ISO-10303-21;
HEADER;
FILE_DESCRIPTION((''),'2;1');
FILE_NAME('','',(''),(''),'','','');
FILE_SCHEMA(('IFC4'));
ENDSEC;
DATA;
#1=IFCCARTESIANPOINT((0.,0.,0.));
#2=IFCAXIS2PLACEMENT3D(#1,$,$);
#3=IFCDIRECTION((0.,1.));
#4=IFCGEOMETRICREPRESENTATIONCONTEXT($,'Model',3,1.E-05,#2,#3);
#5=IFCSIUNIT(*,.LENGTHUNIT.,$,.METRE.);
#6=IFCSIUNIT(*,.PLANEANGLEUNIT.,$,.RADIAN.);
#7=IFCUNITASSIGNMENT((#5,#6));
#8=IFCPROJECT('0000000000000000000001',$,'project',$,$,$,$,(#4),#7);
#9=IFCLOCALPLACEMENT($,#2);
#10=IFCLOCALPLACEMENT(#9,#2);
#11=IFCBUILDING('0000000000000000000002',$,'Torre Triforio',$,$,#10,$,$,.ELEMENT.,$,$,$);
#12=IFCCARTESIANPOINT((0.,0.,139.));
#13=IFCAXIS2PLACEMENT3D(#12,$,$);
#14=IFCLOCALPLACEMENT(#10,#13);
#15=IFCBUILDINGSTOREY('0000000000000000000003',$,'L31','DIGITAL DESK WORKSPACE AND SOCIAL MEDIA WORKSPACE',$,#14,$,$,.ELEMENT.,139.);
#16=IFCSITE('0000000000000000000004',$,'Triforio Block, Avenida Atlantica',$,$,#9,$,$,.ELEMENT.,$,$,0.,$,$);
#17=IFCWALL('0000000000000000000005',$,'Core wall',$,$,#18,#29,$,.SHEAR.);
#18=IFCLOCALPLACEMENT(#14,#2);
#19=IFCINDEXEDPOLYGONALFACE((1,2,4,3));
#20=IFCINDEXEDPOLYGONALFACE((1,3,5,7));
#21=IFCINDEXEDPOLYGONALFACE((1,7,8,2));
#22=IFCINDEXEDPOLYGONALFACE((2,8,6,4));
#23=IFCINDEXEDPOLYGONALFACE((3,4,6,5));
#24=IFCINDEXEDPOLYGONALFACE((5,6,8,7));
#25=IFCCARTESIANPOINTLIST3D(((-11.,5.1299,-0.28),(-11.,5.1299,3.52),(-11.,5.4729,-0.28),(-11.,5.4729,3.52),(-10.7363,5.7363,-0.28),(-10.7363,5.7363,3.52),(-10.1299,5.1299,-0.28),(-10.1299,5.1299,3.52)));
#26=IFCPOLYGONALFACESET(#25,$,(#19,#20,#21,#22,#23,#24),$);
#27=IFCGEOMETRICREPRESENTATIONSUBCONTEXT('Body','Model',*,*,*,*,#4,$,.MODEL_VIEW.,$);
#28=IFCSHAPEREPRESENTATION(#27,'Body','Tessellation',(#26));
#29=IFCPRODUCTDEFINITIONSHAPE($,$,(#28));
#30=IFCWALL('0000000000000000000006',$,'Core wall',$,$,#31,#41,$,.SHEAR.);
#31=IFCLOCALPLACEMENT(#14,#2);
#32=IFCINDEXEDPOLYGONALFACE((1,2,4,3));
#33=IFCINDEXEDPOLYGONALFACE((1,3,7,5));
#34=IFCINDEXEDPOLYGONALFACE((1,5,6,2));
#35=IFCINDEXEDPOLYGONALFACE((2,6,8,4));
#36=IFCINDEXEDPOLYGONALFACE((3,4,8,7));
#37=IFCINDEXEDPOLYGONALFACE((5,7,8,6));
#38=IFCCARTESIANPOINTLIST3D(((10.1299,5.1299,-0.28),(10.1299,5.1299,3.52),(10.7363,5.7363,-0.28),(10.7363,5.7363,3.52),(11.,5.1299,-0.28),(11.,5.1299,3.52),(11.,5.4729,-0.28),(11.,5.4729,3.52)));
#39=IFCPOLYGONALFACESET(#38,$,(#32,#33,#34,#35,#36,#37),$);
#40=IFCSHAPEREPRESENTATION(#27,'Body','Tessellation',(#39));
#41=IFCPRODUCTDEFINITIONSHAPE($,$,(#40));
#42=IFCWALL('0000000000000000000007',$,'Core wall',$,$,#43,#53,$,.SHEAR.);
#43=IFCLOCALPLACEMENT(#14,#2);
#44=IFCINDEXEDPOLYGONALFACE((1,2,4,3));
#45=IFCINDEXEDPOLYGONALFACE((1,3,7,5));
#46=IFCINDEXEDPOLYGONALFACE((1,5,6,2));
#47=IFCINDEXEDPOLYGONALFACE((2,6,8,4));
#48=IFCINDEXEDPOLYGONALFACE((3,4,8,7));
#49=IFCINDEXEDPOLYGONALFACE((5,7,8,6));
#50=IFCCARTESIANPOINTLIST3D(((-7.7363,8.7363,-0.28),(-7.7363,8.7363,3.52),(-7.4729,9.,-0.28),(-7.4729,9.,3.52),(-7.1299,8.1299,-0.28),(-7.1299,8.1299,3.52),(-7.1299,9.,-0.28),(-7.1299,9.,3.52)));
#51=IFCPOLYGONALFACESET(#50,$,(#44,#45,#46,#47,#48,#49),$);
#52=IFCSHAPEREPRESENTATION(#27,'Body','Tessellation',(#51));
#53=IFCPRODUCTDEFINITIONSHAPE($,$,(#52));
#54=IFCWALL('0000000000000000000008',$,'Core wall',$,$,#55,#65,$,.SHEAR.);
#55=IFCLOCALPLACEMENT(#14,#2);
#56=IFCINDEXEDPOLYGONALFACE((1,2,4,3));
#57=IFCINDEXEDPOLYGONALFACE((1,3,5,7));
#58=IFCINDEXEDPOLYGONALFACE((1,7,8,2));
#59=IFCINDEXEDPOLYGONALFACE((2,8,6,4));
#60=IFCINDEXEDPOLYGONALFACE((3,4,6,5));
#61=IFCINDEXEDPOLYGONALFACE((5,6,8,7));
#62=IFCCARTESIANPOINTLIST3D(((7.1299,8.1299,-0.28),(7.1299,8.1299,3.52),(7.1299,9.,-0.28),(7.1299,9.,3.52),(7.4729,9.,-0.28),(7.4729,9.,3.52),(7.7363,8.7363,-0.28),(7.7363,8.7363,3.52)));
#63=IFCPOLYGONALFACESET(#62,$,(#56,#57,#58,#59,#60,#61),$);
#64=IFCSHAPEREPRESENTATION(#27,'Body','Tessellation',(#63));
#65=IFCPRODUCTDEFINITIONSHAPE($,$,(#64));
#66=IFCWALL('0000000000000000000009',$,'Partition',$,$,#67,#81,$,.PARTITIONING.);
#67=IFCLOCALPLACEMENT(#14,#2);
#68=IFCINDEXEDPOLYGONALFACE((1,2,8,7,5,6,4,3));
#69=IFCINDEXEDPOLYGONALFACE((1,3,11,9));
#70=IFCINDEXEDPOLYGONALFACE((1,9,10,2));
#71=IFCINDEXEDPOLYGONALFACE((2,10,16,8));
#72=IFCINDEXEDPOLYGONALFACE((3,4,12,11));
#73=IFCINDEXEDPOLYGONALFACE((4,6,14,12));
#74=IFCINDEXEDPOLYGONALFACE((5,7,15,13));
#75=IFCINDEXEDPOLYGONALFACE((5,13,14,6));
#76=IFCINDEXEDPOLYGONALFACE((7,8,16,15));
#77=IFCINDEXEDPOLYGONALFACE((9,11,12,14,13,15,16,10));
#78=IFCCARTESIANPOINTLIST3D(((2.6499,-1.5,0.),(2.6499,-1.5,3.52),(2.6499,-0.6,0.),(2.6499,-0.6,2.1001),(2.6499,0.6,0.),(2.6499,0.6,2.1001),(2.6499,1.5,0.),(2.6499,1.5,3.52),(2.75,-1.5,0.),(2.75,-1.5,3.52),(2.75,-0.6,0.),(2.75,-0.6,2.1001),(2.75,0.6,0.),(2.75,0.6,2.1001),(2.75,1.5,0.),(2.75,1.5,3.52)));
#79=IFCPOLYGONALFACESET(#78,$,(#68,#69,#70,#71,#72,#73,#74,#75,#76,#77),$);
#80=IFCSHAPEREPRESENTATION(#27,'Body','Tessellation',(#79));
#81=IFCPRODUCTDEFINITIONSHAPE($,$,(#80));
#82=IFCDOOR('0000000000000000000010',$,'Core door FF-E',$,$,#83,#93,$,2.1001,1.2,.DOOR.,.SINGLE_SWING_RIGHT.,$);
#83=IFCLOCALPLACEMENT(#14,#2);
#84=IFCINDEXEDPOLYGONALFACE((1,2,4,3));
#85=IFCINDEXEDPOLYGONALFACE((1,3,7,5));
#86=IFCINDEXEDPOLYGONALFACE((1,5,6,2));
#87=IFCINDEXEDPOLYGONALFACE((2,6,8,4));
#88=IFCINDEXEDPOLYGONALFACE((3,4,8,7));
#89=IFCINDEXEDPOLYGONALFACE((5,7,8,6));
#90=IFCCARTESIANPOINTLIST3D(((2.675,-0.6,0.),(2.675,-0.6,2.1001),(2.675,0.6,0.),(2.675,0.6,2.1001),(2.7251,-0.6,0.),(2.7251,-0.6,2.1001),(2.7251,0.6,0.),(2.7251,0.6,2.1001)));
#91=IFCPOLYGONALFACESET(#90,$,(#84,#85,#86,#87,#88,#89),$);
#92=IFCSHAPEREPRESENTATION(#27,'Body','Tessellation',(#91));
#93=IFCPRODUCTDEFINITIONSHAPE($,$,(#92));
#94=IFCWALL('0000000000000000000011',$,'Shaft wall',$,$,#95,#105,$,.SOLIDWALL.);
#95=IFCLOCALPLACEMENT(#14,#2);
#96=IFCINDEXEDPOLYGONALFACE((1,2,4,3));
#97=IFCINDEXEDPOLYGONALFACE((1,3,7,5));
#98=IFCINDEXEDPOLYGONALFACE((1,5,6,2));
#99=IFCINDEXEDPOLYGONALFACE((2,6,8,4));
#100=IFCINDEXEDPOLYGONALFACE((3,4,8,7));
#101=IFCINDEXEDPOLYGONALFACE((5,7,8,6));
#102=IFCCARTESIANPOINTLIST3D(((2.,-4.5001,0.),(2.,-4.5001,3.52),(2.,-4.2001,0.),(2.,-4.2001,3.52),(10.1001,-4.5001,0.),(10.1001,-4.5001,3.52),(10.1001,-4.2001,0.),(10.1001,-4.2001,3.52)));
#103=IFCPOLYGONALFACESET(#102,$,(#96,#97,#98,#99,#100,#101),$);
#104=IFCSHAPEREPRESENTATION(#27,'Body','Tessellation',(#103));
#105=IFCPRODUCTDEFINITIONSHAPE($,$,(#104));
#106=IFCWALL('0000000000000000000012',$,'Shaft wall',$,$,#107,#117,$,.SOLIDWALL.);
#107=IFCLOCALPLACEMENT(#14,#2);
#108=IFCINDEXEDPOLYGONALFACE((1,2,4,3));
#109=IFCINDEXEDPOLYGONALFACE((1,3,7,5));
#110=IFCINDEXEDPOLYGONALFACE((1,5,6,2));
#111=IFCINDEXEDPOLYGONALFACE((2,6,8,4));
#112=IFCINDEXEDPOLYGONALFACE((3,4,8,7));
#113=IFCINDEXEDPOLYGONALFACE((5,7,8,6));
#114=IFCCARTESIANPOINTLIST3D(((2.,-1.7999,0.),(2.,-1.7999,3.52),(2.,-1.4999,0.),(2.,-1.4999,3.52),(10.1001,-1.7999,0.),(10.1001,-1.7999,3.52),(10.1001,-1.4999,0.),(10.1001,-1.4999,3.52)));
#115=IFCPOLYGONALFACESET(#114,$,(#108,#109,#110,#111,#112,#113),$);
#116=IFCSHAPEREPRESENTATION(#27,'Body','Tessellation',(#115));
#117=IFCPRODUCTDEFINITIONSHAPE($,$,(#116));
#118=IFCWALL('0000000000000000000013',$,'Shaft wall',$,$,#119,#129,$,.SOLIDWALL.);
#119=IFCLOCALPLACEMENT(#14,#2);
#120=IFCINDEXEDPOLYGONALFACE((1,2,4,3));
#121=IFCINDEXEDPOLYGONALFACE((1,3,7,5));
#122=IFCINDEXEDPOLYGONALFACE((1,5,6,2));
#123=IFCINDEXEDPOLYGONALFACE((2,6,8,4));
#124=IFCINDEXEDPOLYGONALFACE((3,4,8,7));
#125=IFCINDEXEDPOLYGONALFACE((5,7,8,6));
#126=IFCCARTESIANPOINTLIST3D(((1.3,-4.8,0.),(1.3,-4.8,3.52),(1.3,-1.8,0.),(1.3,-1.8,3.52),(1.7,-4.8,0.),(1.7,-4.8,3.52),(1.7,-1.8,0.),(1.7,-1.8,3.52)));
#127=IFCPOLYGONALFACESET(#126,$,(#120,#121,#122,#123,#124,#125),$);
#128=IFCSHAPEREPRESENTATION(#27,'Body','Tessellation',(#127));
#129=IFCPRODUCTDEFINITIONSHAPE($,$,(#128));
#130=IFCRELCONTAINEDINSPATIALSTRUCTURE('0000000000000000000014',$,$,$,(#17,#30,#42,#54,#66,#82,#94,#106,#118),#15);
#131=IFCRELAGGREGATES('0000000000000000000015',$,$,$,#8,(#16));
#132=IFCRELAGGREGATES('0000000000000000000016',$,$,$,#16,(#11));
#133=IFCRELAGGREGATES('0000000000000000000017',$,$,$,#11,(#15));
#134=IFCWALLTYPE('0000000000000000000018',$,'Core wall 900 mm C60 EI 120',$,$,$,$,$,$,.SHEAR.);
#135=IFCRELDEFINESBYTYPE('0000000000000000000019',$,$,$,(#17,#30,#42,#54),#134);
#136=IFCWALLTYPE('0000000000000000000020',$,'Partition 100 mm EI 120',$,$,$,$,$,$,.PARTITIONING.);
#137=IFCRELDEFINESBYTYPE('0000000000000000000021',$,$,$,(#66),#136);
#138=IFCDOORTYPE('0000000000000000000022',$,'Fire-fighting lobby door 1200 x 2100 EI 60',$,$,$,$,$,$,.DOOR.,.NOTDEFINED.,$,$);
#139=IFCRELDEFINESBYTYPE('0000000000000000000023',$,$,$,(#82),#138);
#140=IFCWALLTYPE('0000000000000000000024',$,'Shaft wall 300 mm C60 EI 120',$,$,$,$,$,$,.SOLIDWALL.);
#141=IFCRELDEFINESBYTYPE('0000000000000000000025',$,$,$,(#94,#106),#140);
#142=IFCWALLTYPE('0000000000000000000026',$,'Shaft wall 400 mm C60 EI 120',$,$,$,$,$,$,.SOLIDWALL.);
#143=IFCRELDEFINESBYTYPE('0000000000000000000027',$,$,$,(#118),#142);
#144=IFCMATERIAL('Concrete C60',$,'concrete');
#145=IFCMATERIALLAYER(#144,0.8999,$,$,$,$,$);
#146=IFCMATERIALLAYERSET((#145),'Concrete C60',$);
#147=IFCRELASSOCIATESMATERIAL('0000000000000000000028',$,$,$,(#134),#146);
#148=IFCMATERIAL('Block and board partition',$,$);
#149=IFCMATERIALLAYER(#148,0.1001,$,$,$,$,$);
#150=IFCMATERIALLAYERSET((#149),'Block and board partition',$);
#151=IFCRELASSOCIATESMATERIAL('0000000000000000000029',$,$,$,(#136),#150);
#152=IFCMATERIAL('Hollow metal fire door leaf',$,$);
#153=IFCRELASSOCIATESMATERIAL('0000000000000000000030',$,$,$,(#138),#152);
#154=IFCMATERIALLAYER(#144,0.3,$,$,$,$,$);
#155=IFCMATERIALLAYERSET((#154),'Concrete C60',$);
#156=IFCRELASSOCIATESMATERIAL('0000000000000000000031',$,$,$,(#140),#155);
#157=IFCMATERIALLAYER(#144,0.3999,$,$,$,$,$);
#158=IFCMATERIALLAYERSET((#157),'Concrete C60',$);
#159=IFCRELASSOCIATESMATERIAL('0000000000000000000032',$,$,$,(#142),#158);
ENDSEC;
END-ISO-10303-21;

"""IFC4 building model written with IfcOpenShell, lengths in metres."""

from ifc_helpers import new_model, si_unit, direction, frame, frame_2d, origin, place, context, subcontext, project, spatial, polyline, rectangle, outline, extrude, material, layer, layer_set, type_object, element, fill, save


model = new_model("IFC4")

# Units and contexts
model_context = context("Model", 3, precision=1e-05, world=origin(), true_north=direction((0.0, 1.0)))
body_context = subcontext(model_context, "Body", "Model", "MODEL_VIEW")
ifc_project = project(units=[si_unit("LENGTHUNIT", "METRE"), si_unit("PLANEANGLEUNIT", "RADIAN")], contexts=[model_context])

# Site, building, storey
site_placement = place(None, origin())
site = spatial("IfcSite", under=ifc_project, at=site_placement, Name="Triforio Block, Avenida Atlantica", CompositionType="ELEMENT", RefElevation=0.0)
building_placement = place(site_placement, origin())
building = spatial("IfcBuilding", under=site, at=building_placement, Name="Torre Triforio", CompositionType="ELEMENT")
storey_placement = place(building_placement, frame((0.0, 0.0, 139.0)))
storey = spatial("IfcBuildingStorey", under=building, at=storey_placement, Name="L31", Description="DIGITAL DESK WORKSPACE AND SOCIAL MEDIA WORKSPACE", CompositionType="ELEMENT", Elevation=139.0)

# Shared definitions
ifc_material_1 = material(Name="Concrete C60", Category="concrete")

# Walls
ifc_layer_1 = layer(ifc_material_1, 0.8999)
ifc_layer_set_1 = layer_set([ifc_layer_1], Name="Concrete C60")
wall_type_1 = type_object("IfcWallType", Name="Core wall 900 mm C60 EI 120", PredefinedType="SHEAR", material=ifc_layer_set_1)
wall_1_placement = place(storey_placement, frame((0.0, 0.0, -0.28)))
element("IfcWall", 1, at=wall_1_placement, inside=storey, type_object=wall_type_1, Name="Core wall", PredefinedType="SHEAR", context=body_context, shape_type="SweptSolid", body=[
    extrude(outline(polyline([(-10.7363, 5.7363), (-10.1299, 5.1299), (-11.0, 5.1299), (-11.0, 5.4729), (-10.7363, 5.7363)])), origin(), (0.0, 0.0, 1.0), 3.8),
])
wall_2_placement = place(storey_placement, frame((0.0, 0.0, -0.28)))
element("IfcWall", 2, at=wall_2_placement, inside=storey, type_object=wall_type_1, Name="Core wall", PredefinedType="SHEAR", context=body_context, shape_type="SweptSolid", body=[
    extrude(outline(polyline([(11.0, 5.4729), (11.0, 5.1299), (10.1299, 5.1299), (10.7363, 5.7363), (11.0, 5.4729)])), origin(), (0.0, 0.0, 1.0), 3.8),
])
wall_3_placement = place(storey_placement, frame((0.0, 0.0, -0.28)))
element("IfcWall", 3, at=wall_3_placement, inside=storey, type_object=wall_type_1, Name="Core wall", PredefinedType="SHEAR", context=body_context, shape_type="SweptSolid", body=[
    extrude(outline(polyline([(-7.4729, 9.0), (-7.1299, 9.0), (-7.1299, 8.1299), (-7.7363, 8.7363), (-7.4729, 9.0)])), origin(), (0.0, 0.0, 1.0), 3.8),
])
wall_4_placement = place(storey_placement, frame((0.0, 0.0, -0.28)))
element("IfcWall", 4, at=wall_4_placement, inside=storey, type_object=wall_type_1, Name="Core wall", PredefinedType="SHEAR", context=body_context, shape_type="SweptSolid", body=[
    extrude(outline(polyline([(7.4729, 9.0), (7.7363, 8.7363), (7.1299, 8.1299), (7.1299, 9.0), (7.4729, 9.0)])), origin(), (0.0, 0.0, 1.0), 3.8),
])

# Wall, opening, door
ifc_material_2 = material(Name="Block and board partition")
ifc_layer_2 = layer(ifc_material_2, 0.1001)
ifc_layer_set_2 = layer_set([ifc_layer_2], Name="Block and board partition")
wall_type_2 = type_object("IfcWallType", Name="Partition 100 mm EI 120", PredefinedType="PARTITIONING", material=ifc_layer_set_2)
wall_5_placement = place(storey_placement, frame((2.7, -1.5, 0.0), z_axis=(0.0, 0.0, 1.0), x_axis=(0.0, 1.0, 0.0)))
wall_5 = element("IfcWall", 5, at=wall_5_placement, inside=storey, type_object=wall_type_2, Name="Partition", PredefinedType="PARTITIONING", context=body_context, shape_type="SweptSolid", body=[
    extrude(rectangle(XDim=3.0, YDim=0.1001, at=frame_2d((1.5, 0.0))), origin(), (0.0, 0.0, 1.0), 3.52),
])
opening_placement = place(wall_5_placement, frame((0.8999, 0.0, 0.0)))
opening = element("IfcOpeningElement", 6, at=opening_placement, cuts=wall_5, PredefinedType="OPENING", context=body_context, shape_type="SweptSolid", body=[
    extrude(rectangle(XDim=1.2, YDim=2.1001, at=frame_2d((0.6001, 1.05))), frame((0.0, 0.0601, 0.0), z_axis=(0.0, -1.0, 0.0), x_axis=(1.0, 0.0, 0.0)), (0.0, 0.0, 1.0), 0.1201),
])
ifc_material_3 = material(Name="Hollow metal fire door leaf")
door_type = type_object("IfcDoorType", Name="Fire-fighting lobby door 1200 x 2100 EI 60", OperationType="NOTDEFINED", PredefinedType="DOOR", material=ifc_material_3)
door_placement = place(opening_placement, origin())
door = element("IfcDoor", 7, at=door_placement, inside=storey, type_object=door_type, Name="Core door FF-E", OperationType="SINGLE_SWING_RIGHT", OverallHeight=2.1001, OverallWidth=1.2, PredefinedType="DOOR", context=body_context, shape_type="SweptSolid", body=[
    extrude(rectangle(XDim=1.2, YDim=2.1001, at=frame_2d((0.6001, 1.05))), frame((0.0, 0.0249, 0.0), z_axis=(0.0, -1.0, 0.0), x_axis=(1.0, 0.0, 0.0)), (0.0, 0.0, 1.0), 0.05),
])
fill(opening, door)

# Walls
ifc_layer_3 = layer(ifc_material_1, 0.3)
ifc_layer_set_3 = layer_set([ifc_layer_3], Name="Concrete C60")
wall_type_3 = type_object("IfcWallType", Name="Shaft wall 300 mm C60 EI 120", PredefinedType="SOLIDWALL", material=ifc_layer_set_3)
for number, where, z_axis, x_axis, name in (
    (8, (2.0, -4.3501, 0.0), (0.0, 0.0, 1.0), (1.0, 0.0, 0.0), "Shaft wall"),
    (9, (2.0, -1.6499, 0.0), (0.0, 0.0, 1.0), (1.0, 0.0, 0.0), "Shaft wall"),
):
    element("IfcWall", number, at=place(storey_placement, frame(where, z_axis=z_axis, x_axis=x_axis)), inside=storey, type_object=wall_type_3, Name=name, PredefinedType="SOLIDWALL", context=body_context, shape_type="SweptSolid", body=[
        extrude(rectangle(XDim=8.1001, YDim=0.3, at=frame_2d((4.05, 0.0))), origin(), (0.0, 0.0, 1.0), 3.52),
    ])
ifc_layer_4 = layer(ifc_material_1, 0.3999)
ifc_layer_set_4 = layer_set([ifc_layer_4], Name="Concrete C60")
wall_type_4 = type_object("IfcWallType", Name="Shaft wall 400 mm C60 EI 120", PredefinedType="SOLIDWALL", material=ifc_layer_set_4)
wall_6_placement = place(storey_placement, frame((1.5, -4.8, 0.0), z_axis=(0.0, 0.0, 1.0), x_axis=(0.0, 1.0, 0.0)))
element("IfcWall", 10, at=wall_6_placement, inside=storey, type_object=wall_type_4, Name="Shaft wall", PredefinedType="SOLIDWALL", context=body_context, shape_type="SweptSolid", body=[
    extrude(rectangle(XDim=3.0, YDim=0.3999, at=frame_2d((1.5, 0.0))), origin(), (0.0, 0.0, 1.0), 3.52),
])

save(model, "model.ifc")
